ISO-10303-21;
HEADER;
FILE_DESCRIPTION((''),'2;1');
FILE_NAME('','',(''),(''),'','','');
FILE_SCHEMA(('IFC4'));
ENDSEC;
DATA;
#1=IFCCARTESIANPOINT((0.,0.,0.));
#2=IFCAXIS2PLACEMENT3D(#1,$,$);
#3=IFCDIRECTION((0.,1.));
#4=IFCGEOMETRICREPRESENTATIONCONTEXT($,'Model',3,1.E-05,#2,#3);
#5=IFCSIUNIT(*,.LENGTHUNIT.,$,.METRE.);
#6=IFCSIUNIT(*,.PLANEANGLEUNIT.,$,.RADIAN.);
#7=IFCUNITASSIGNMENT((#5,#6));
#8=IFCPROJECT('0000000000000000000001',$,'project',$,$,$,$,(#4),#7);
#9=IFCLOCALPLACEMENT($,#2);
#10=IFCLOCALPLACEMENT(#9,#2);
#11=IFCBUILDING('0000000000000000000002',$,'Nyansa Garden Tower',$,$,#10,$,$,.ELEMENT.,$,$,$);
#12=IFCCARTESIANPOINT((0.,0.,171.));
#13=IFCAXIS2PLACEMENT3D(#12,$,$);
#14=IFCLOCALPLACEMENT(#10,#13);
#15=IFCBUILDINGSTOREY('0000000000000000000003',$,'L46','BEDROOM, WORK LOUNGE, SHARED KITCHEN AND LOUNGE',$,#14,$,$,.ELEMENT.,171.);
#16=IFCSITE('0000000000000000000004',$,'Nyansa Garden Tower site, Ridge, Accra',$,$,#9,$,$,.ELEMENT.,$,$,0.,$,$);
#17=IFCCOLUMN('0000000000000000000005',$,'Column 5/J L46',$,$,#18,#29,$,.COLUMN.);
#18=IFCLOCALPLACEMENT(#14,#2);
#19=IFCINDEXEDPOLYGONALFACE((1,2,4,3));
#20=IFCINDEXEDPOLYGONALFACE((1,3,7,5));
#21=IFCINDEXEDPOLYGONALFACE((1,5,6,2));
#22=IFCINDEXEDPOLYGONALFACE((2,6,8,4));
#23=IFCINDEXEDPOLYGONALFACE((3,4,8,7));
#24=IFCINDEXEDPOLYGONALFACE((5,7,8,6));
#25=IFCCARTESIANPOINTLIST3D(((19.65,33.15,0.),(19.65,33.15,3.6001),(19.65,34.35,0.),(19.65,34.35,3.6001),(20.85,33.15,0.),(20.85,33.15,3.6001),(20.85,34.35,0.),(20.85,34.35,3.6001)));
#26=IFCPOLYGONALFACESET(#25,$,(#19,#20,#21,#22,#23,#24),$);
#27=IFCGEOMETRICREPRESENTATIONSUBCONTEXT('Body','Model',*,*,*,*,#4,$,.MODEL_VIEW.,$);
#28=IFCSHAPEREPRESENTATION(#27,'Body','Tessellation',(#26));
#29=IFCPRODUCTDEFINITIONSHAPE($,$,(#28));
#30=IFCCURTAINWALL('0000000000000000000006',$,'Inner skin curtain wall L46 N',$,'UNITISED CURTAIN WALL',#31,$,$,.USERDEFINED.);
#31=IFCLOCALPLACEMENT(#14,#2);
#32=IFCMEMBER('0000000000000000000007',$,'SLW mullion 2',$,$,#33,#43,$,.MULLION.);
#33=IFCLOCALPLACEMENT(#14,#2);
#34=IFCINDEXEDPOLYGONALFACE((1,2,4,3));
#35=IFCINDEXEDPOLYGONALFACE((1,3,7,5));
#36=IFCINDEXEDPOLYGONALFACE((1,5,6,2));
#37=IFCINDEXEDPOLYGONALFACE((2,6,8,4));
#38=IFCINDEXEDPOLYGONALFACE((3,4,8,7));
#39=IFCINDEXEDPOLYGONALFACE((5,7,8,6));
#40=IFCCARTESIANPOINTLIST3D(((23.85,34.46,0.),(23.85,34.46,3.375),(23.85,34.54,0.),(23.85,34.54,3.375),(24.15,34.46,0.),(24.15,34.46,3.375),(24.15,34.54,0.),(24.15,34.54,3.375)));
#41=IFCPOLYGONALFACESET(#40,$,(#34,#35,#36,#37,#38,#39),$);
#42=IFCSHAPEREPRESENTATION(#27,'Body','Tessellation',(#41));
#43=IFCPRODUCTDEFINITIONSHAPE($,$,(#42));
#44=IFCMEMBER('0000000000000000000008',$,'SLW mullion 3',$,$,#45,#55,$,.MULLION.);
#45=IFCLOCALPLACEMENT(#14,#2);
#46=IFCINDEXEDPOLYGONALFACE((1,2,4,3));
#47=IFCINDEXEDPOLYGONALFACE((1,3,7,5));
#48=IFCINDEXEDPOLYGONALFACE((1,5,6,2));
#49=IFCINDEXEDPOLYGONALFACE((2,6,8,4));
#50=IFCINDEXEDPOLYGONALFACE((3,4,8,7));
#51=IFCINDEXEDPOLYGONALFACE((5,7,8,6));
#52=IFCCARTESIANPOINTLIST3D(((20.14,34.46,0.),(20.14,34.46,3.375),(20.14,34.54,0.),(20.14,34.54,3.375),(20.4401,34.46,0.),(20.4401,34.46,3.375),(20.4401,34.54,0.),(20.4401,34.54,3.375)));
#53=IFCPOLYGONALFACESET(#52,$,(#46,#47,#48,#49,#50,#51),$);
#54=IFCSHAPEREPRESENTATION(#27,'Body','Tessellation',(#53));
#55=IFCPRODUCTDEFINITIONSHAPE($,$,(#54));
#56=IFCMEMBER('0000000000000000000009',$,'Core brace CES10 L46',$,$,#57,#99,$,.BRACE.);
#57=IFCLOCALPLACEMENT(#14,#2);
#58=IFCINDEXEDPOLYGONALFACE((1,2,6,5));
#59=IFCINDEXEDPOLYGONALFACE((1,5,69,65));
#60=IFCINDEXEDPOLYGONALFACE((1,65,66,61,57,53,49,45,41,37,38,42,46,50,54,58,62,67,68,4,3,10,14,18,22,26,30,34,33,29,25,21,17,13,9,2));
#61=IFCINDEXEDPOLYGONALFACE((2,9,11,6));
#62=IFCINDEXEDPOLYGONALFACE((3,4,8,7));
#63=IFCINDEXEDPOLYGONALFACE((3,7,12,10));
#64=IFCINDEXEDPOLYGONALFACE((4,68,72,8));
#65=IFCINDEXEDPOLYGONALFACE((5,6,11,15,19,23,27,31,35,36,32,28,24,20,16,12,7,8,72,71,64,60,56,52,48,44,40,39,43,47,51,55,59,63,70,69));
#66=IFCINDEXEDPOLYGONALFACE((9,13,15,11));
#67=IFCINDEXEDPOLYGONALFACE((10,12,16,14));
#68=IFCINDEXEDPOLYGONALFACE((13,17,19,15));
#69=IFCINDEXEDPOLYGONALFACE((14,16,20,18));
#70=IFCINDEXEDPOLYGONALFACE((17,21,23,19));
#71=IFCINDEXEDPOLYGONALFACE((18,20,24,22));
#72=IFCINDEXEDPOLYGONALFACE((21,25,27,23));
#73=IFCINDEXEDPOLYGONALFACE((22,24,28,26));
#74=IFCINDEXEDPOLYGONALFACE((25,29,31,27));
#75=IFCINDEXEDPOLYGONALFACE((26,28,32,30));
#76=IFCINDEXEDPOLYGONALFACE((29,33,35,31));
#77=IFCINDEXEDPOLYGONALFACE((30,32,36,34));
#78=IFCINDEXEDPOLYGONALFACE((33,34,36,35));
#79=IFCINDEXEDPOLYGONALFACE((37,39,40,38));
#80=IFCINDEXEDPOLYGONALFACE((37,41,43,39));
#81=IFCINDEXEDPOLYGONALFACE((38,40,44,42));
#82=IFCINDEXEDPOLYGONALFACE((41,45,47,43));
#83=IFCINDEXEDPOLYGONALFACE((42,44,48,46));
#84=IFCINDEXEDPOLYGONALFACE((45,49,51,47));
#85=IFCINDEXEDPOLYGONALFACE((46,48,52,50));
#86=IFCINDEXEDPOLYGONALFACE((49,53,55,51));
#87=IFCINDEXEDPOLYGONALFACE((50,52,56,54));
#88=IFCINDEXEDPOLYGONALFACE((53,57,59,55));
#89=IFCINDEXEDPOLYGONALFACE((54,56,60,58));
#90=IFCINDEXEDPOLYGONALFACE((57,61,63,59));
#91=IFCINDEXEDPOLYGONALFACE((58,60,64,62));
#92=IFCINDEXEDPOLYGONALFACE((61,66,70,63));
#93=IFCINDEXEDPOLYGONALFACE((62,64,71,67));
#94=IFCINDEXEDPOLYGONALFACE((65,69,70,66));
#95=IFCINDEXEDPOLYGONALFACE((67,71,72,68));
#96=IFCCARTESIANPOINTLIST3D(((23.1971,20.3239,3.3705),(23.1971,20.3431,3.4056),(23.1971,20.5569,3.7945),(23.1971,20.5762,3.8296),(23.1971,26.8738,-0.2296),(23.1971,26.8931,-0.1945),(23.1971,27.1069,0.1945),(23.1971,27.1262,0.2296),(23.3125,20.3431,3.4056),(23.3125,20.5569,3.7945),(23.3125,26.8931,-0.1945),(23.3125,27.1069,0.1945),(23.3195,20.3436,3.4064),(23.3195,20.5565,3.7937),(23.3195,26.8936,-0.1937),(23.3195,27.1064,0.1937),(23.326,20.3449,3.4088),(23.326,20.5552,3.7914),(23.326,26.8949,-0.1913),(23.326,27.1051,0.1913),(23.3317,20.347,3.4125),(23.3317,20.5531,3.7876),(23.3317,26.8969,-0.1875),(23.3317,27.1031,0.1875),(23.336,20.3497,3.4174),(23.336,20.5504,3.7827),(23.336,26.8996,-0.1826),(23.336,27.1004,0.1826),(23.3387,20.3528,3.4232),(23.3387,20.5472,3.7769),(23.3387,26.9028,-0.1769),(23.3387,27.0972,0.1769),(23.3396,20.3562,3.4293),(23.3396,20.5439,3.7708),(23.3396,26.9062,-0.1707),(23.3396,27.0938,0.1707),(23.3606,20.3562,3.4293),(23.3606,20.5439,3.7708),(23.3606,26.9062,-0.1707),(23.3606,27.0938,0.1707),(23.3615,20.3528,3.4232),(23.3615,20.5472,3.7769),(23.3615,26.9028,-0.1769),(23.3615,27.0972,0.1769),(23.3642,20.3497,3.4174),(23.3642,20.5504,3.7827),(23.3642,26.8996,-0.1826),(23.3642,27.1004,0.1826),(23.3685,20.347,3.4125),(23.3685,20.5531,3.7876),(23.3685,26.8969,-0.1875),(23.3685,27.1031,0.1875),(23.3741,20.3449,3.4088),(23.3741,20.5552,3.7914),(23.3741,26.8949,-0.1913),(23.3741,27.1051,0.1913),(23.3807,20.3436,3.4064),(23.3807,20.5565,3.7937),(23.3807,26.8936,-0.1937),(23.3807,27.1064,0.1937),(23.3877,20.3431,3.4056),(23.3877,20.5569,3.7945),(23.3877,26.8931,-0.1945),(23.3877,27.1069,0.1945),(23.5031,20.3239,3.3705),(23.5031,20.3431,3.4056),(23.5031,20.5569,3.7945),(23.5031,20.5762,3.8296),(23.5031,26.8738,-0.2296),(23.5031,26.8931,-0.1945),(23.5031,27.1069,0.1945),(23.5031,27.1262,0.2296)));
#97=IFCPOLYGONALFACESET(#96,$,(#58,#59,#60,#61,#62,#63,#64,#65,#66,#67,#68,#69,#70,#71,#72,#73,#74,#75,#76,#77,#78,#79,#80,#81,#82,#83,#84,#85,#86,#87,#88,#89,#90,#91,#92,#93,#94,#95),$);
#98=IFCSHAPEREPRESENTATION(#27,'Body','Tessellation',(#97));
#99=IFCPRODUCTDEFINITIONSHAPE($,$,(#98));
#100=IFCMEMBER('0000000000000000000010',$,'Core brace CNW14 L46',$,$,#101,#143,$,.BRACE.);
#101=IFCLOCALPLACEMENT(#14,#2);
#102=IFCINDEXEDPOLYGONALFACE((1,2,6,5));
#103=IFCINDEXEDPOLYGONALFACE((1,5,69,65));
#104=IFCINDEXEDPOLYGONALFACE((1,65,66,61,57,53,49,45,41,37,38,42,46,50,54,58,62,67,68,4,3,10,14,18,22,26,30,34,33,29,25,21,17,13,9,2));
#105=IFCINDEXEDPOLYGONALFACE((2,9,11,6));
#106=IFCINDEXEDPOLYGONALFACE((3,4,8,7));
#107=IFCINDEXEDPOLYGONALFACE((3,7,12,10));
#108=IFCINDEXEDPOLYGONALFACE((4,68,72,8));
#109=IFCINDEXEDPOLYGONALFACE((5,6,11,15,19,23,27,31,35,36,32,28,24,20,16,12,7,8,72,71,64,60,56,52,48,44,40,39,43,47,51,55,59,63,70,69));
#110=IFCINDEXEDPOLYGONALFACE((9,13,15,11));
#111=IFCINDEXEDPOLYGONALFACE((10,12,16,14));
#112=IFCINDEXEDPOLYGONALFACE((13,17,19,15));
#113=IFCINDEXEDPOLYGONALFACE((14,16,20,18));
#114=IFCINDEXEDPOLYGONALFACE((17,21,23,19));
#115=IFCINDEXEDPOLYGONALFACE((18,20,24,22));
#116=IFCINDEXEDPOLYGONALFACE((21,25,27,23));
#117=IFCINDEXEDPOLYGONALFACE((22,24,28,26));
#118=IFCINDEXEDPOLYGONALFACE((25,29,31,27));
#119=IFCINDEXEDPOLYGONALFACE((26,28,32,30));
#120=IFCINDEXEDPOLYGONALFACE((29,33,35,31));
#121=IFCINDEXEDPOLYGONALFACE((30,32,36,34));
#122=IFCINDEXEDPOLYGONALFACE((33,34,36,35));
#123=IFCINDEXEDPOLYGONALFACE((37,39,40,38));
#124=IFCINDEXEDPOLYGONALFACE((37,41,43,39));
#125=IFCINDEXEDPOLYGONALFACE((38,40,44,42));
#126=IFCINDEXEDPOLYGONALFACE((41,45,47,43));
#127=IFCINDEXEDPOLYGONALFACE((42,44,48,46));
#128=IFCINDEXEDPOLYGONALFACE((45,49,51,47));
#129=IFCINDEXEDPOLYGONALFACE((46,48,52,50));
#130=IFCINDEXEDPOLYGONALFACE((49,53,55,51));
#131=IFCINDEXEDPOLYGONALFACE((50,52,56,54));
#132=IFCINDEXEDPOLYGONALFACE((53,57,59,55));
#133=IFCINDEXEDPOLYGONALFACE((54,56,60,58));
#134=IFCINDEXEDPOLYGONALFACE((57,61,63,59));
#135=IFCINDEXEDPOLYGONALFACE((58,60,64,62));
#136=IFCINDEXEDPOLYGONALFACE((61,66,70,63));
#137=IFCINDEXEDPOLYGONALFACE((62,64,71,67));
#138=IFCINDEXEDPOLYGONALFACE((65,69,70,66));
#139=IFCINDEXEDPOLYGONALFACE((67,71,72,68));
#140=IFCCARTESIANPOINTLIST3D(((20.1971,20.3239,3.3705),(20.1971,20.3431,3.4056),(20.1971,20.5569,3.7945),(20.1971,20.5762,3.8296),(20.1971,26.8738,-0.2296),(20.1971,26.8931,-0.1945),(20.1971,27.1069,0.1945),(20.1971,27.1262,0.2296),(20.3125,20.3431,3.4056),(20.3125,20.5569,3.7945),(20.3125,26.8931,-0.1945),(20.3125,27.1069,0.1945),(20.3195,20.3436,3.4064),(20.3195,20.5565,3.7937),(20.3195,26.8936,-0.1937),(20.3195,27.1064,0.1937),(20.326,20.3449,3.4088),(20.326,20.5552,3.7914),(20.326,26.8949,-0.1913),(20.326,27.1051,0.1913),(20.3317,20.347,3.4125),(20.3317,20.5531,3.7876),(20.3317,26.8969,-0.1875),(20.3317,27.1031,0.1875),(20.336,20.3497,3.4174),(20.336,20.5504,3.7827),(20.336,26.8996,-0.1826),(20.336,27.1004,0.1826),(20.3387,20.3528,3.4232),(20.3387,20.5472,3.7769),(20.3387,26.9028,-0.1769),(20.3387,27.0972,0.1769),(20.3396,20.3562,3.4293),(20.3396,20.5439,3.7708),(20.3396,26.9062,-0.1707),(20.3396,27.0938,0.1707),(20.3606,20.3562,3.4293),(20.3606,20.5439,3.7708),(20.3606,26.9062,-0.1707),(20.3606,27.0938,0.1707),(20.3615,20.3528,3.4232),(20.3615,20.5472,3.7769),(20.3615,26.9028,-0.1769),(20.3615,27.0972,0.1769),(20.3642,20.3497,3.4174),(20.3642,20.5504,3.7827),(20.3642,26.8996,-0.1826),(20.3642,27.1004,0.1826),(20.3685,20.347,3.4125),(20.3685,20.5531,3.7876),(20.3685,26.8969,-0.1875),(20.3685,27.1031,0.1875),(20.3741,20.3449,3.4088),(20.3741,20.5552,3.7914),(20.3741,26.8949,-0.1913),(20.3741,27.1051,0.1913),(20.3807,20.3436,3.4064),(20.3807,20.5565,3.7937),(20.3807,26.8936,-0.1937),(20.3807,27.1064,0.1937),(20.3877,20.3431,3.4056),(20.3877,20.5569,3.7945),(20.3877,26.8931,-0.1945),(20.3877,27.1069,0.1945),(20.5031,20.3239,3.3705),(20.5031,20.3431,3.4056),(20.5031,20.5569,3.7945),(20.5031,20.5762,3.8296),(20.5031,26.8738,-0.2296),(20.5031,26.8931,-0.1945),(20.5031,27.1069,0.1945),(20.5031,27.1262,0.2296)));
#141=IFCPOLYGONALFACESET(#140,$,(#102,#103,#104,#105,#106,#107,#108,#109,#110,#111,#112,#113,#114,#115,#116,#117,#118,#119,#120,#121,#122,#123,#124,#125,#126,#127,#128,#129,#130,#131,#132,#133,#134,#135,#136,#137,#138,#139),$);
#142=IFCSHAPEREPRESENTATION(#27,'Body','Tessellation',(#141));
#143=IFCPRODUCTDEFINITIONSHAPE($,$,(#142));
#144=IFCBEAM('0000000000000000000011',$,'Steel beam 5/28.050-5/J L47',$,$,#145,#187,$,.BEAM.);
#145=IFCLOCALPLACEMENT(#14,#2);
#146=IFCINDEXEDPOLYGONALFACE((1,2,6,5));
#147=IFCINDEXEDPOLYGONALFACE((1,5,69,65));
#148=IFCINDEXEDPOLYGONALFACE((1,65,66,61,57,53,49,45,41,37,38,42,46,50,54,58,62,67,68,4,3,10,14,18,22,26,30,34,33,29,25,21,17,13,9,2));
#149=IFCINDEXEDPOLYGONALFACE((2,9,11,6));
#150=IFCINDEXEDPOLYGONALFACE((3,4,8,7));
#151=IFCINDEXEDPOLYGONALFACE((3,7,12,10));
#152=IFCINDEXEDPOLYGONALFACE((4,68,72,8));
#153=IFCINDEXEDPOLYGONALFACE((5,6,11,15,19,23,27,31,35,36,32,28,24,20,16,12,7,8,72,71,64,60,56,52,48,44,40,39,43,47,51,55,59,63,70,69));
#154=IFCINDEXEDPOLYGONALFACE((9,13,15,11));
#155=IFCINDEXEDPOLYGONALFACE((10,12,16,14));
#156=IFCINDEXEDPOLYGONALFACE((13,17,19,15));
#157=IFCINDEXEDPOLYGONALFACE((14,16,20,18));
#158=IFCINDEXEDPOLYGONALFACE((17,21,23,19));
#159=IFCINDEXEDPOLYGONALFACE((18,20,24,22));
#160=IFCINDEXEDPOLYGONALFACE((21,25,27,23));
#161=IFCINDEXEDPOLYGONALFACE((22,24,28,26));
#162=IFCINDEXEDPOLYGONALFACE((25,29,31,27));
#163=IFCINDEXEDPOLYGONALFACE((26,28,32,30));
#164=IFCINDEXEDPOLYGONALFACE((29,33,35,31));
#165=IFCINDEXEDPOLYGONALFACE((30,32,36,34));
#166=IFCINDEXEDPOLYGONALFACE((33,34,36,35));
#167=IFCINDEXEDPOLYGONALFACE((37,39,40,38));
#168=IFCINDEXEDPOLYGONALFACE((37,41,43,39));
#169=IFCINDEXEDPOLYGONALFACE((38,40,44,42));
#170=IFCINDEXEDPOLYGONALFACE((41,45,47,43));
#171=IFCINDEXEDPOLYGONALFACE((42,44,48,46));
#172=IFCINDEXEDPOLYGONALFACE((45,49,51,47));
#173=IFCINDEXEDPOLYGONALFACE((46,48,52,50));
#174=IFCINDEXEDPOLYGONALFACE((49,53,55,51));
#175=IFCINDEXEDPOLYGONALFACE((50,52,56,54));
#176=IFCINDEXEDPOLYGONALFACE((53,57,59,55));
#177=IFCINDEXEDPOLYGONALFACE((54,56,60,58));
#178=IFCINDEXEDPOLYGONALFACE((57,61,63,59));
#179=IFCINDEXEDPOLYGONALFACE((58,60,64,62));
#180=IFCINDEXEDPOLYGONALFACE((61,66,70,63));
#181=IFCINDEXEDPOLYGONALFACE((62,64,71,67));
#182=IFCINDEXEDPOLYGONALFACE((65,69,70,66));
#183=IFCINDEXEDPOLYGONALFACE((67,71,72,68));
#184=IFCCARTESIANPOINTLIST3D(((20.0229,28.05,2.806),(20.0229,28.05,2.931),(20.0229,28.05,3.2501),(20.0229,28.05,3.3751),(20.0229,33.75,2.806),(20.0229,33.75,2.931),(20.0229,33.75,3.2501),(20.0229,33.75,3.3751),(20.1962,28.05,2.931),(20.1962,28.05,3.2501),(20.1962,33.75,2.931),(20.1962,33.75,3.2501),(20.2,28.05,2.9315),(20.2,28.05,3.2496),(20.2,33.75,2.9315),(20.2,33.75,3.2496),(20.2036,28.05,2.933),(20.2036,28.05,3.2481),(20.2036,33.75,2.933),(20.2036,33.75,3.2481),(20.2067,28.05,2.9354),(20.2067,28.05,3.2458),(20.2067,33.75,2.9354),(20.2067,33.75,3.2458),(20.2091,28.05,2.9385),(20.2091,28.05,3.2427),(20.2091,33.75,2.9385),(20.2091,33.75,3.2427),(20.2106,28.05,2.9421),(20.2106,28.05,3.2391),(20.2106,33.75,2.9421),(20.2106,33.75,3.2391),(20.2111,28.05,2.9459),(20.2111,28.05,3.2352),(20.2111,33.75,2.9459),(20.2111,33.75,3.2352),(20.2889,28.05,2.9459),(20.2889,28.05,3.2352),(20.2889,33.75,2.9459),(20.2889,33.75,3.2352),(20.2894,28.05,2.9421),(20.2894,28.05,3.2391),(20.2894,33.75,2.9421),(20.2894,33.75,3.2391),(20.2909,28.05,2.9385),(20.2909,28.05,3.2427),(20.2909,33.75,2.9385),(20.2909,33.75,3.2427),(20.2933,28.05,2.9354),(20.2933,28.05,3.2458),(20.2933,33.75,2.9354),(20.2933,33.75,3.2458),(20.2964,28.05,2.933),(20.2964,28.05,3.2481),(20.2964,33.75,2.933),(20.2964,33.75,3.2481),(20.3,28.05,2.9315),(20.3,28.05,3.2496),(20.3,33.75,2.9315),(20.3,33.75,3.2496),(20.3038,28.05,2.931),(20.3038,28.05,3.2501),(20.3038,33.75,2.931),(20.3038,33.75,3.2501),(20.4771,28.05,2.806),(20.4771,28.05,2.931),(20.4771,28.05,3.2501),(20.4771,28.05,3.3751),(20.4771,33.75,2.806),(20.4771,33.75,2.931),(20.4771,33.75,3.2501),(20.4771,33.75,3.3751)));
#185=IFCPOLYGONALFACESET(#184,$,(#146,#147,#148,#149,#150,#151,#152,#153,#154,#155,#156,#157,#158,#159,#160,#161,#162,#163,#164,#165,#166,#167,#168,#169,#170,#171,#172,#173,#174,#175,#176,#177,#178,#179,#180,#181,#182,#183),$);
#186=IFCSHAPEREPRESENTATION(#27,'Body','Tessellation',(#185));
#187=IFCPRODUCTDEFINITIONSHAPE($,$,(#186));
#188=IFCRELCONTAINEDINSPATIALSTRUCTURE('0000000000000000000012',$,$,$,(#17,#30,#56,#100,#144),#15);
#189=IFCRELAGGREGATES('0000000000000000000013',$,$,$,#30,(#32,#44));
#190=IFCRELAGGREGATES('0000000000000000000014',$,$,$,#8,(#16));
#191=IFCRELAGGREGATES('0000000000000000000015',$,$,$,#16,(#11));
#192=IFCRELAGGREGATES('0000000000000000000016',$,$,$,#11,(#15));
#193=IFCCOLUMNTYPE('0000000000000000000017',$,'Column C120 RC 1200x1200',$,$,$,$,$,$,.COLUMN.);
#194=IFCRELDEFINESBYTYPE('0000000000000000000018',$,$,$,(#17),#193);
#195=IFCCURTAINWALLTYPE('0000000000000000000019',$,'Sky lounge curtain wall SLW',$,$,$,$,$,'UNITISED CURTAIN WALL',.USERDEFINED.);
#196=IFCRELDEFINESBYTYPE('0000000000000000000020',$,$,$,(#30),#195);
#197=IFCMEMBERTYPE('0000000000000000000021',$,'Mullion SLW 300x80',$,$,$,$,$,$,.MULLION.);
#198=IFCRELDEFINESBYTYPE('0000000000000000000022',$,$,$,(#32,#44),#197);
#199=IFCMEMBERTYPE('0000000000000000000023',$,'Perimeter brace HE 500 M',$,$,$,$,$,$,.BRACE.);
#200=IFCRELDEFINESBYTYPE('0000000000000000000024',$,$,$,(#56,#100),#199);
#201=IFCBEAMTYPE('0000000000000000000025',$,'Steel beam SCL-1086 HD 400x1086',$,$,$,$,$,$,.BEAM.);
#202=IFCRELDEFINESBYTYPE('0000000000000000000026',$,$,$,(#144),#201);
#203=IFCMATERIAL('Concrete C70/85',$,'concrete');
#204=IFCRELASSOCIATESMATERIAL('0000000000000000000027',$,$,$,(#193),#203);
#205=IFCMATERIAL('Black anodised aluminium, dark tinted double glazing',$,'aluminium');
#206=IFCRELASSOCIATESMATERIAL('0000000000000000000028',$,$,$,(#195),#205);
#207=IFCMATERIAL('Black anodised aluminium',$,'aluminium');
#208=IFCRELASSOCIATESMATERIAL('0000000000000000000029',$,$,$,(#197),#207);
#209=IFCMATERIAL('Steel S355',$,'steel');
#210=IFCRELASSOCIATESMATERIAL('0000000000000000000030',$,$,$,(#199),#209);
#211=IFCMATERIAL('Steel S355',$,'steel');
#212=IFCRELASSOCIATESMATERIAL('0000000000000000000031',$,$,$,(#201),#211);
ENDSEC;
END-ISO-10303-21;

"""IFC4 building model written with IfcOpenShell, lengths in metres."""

from ifc_helpers import new_model, si_unit, direction, frame, origin, origin_2d, place, context, subcontext, project, spatial, rectangle, i_section, extrude, material, material_profile, profile_set, type_object, element, aggregate, save


model = new_model("IFC4")

# Units and contexts
model_context = context("Model", 3, precision=1e-05, world=origin(), true_north=direction((0.0, 1.0)))
body_context = subcontext(model_context, "Body", "Model", "MODEL_VIEW")
ifc_project = project(units=[si_unit("LENGTHUNIT", "METRE"), si_unit("PLANEANGLEUNIT", "RADIAN")], contexts=[model_context])

# Site, building, storey
site_placement = place(None, origin())
site = spatial("IfcSite", under=ifc_project, at=site_placement, Name="Nyansa Garden Tower site, Ridge, Accra", CompositionType="ELEMENT", RefElevation=0.0)
building_placement = place(site_placement, origin())
building = spatial("IfcBuilding", under=site, at=building_placement, Name="Nyansa Garden Tower", CompositionType="ELEMENT")
storey_placement = place(building_placement, frame((0.0, 0.0, 171.0)))
storey = spatial("IfcBuildingStorey", under=building, at=storey_placement, Name="L46", Description="BEDROOM, WORK LOUNGE, SHARED KITCHEN AND LOUNGE", CompositionType="ELEMENT", Elevation=171.0)

# Column
ifc_material_1 = material(Name="Concrete C70/85", Category="concrete")
ifc_material_profile_1 = material_profile(ifc_material_1, rectangle(XDim=1.2, YDim=1.2, at=origin_2d()), Name="RC 1200x1200")
ifc_profile_set_1 = profile_set([ifc_material_profile_1], Name="Concrete C70/85")
column_type = type_object("IfcColumnType", Name="Column C120 RC 1200x1200", PredefinedType="COLUMN", material=ifc_profile_set_1)
column_placement = place(storey_placement, frame((20.25, 33.75, 0.0), z_axis=(0.0, 0.0, 1.0), x_axis=(1.0, 0.0, 0.0)))
element("IfcColumn", 1, at=column_placement, inside=storey, type_object=column_type, Name="Column 5/J L46", PredefinedType="COLUMN", context=body_context, shape_type="SweptSolid", body=[
    extrude(rectangle(XDim=1.2, YDim=1.2, at=origin_2d()), origin(), (0.0, 0.0, 1.0), 3.6001),
])

# Curtain wall, members
ifc_material_2 = material(Name="Black anodised aluminium, dark tinted double glazing", Category="aluminium")
curtain_wall_type = type_object("IfcCurtainWallType", Name="Sky lounge curtain wall SLW", ElementType="UNITISED CURTAIN WALL", PredefinedType="USERDEFINED", material=ifc_material_2)
curtain_wall_placement = place(storey_placement, origin())
curtain_wall = element("IfcCurtainWall", 2, at=curtain_wall_placement, inside=storey, type_object=curtain_wall_type, Name="Inner skin curtain wall L46 N", ObjectType="UNITISED CURTAIN WALL", PredefinedType="USERDEFINED")
ifc_material_3 = material(Name="Black anodised aluminium", Category="aluminium")
ifc_material_profile_2 = material_profile(ifc_material_3, rectangle(XDim=0.0801, YDim=0.3, at=origin_2d()), Name="Mullion 300x80")
ifc_profile_set_2 = profile_set([ifc_material_profile_2], Name="Black anodised aluminium")
member_type_1 = type_object("IfcMemberType", Name="Mullion SLW 300x80", PredefinedType="MULLION", material=ifc_profile_set_2)
member_1_placement = place(storey_placement, frame((24.0, 34.5, 0.0), z_axis=(0.0, 0.0, 1.0), x_axis=(0.0, -1.0, 0.0)))
member_1 = element("IfcMember", 3, at=member_1_placement, type_object=member_type_1, Name="SLW mullion 2", PredefinedType="MULLION", context=body_context, shape_type="SweptSolid", body=[
    extrude(rectangle(XDim=0.0801, YDim=0.3, at=origin_2d()), origin(), (0.0, 0.0, 1.0), 3.375),
])
member_2_placement = place(storey_placement, frame((20.29, 34.5, 0.0), z_axis=(0.0, 0.0, 1.0), x_axis=(0.0, -1.0, 0.0)))
member_2 = element("IfcMember", 4, at=member_2_placement, type_object=member_type_1, Name="SLW mullion 3", PredefinedType="MULLION", context=body_context, shape_type="SweptSolid", body=[
    extrude(rectangle(XDim=0.0801, YDim=0.3, at=origin_2d()), origin(), (0.0, 0.0, 1.0), 3.375),
])

# Members
ifc_material_4 = material(Name="Steel S355", Category="steel")
ifc_material_profile_3 = material_profile(ifc_material_4, i_section(OverallWidth=0.3059, OverallDepth=0.5239, WebThickness=0.021, FlangeThickness=0.04, FilletRadius=0.0271, at=origin_2d()), Name="HE 500 M")
ifc_profile_set_3 = profile_set([ifc_material_profile_3], Name="Steel S355")
member_type_2 = type_object("IfcMemberType", Name="Perimeter brace HE 500 M", PredefinedType="BRACE", material=ifc_profile_set_3)
for number, where, z_axis, x_axis, name in (
    (5, (23.3501, 27.0, 0.0), (0.0, -0.876353, 0.481669), (1.0, 0.0, 0.0), "Core brace CES10 L46"),
    (6, (20.3501, 27.0, 0.0), (0.0, -0.876353, 0.481669), (1.0, 0.0, 0.0), "Core brace CNW14 L46"),
):
    element("IfcMember", number, at=place(storey_placement, frame(where, z_axis=z_axis, x_axis=x_axis)), inside=storey, type_object=member_type_2, Name=name, PredefinedType="BRACE", context=body_context, shape_type="SweptSolid", body=[
        extrude(i_section(OverallWidth=0.3059, OverallDepth=0.5239, WebThickness=0.021, FlangeThickness=0.04, FilletRadius=0.0271, at=origin_2d()), origin(), (0.0, 0.0, 1.0), 7.4741),
    ])

# Beam
ifc_material_5 = material(Name="Steel S355", Category="steel")
ifc_material_profile_4 = material_profile(ifc_material_5, i_section(OverallWidth=0.4541, OverallDepth=0.5691, WebThickness=0.0779, FlangeThickness=0.125, FilletRadius=0.0149, at=origin_2d()), Name="HD 400x1086")
ifc_profile_set_4 = profile_set([ifc_material_profile_4], Name="Steel S355")
beam_type_1 = type_object("IfcBeamType", Name="Steel beam SCL-1086 HD 400x1086", PredefinedType="BEAM", material=ifc_profile_set_4)
beam_1_placement = place(storey_placement, frame((20.25, 28.05, 3.0906), z_axis=(0.0, 1.0, 0.0), x_axis=(-1.0, 0.0, 0.0)))
element("IfcBeam", 7, at=beam_1_placement, inside=storey, type_object=beam_type_1, Name="Steel beam 5/28.050-5/J L47", PredefinedType="BEAM", context=body_context, shape_type="SweptSolid", body=[
    extrude(i_section(OverallWidth=0.4541, OverallDepth=0.5691, WebThickness=0.0779, FlangeThickness=0.125, FilletRadius=0.0149, at=origin_2d()), origin(), (0.0, 0.0, 1.0), 5.7),
])

aggregate(curtain_wall, [member_1, member_2])

save(model, "model.ifc")
